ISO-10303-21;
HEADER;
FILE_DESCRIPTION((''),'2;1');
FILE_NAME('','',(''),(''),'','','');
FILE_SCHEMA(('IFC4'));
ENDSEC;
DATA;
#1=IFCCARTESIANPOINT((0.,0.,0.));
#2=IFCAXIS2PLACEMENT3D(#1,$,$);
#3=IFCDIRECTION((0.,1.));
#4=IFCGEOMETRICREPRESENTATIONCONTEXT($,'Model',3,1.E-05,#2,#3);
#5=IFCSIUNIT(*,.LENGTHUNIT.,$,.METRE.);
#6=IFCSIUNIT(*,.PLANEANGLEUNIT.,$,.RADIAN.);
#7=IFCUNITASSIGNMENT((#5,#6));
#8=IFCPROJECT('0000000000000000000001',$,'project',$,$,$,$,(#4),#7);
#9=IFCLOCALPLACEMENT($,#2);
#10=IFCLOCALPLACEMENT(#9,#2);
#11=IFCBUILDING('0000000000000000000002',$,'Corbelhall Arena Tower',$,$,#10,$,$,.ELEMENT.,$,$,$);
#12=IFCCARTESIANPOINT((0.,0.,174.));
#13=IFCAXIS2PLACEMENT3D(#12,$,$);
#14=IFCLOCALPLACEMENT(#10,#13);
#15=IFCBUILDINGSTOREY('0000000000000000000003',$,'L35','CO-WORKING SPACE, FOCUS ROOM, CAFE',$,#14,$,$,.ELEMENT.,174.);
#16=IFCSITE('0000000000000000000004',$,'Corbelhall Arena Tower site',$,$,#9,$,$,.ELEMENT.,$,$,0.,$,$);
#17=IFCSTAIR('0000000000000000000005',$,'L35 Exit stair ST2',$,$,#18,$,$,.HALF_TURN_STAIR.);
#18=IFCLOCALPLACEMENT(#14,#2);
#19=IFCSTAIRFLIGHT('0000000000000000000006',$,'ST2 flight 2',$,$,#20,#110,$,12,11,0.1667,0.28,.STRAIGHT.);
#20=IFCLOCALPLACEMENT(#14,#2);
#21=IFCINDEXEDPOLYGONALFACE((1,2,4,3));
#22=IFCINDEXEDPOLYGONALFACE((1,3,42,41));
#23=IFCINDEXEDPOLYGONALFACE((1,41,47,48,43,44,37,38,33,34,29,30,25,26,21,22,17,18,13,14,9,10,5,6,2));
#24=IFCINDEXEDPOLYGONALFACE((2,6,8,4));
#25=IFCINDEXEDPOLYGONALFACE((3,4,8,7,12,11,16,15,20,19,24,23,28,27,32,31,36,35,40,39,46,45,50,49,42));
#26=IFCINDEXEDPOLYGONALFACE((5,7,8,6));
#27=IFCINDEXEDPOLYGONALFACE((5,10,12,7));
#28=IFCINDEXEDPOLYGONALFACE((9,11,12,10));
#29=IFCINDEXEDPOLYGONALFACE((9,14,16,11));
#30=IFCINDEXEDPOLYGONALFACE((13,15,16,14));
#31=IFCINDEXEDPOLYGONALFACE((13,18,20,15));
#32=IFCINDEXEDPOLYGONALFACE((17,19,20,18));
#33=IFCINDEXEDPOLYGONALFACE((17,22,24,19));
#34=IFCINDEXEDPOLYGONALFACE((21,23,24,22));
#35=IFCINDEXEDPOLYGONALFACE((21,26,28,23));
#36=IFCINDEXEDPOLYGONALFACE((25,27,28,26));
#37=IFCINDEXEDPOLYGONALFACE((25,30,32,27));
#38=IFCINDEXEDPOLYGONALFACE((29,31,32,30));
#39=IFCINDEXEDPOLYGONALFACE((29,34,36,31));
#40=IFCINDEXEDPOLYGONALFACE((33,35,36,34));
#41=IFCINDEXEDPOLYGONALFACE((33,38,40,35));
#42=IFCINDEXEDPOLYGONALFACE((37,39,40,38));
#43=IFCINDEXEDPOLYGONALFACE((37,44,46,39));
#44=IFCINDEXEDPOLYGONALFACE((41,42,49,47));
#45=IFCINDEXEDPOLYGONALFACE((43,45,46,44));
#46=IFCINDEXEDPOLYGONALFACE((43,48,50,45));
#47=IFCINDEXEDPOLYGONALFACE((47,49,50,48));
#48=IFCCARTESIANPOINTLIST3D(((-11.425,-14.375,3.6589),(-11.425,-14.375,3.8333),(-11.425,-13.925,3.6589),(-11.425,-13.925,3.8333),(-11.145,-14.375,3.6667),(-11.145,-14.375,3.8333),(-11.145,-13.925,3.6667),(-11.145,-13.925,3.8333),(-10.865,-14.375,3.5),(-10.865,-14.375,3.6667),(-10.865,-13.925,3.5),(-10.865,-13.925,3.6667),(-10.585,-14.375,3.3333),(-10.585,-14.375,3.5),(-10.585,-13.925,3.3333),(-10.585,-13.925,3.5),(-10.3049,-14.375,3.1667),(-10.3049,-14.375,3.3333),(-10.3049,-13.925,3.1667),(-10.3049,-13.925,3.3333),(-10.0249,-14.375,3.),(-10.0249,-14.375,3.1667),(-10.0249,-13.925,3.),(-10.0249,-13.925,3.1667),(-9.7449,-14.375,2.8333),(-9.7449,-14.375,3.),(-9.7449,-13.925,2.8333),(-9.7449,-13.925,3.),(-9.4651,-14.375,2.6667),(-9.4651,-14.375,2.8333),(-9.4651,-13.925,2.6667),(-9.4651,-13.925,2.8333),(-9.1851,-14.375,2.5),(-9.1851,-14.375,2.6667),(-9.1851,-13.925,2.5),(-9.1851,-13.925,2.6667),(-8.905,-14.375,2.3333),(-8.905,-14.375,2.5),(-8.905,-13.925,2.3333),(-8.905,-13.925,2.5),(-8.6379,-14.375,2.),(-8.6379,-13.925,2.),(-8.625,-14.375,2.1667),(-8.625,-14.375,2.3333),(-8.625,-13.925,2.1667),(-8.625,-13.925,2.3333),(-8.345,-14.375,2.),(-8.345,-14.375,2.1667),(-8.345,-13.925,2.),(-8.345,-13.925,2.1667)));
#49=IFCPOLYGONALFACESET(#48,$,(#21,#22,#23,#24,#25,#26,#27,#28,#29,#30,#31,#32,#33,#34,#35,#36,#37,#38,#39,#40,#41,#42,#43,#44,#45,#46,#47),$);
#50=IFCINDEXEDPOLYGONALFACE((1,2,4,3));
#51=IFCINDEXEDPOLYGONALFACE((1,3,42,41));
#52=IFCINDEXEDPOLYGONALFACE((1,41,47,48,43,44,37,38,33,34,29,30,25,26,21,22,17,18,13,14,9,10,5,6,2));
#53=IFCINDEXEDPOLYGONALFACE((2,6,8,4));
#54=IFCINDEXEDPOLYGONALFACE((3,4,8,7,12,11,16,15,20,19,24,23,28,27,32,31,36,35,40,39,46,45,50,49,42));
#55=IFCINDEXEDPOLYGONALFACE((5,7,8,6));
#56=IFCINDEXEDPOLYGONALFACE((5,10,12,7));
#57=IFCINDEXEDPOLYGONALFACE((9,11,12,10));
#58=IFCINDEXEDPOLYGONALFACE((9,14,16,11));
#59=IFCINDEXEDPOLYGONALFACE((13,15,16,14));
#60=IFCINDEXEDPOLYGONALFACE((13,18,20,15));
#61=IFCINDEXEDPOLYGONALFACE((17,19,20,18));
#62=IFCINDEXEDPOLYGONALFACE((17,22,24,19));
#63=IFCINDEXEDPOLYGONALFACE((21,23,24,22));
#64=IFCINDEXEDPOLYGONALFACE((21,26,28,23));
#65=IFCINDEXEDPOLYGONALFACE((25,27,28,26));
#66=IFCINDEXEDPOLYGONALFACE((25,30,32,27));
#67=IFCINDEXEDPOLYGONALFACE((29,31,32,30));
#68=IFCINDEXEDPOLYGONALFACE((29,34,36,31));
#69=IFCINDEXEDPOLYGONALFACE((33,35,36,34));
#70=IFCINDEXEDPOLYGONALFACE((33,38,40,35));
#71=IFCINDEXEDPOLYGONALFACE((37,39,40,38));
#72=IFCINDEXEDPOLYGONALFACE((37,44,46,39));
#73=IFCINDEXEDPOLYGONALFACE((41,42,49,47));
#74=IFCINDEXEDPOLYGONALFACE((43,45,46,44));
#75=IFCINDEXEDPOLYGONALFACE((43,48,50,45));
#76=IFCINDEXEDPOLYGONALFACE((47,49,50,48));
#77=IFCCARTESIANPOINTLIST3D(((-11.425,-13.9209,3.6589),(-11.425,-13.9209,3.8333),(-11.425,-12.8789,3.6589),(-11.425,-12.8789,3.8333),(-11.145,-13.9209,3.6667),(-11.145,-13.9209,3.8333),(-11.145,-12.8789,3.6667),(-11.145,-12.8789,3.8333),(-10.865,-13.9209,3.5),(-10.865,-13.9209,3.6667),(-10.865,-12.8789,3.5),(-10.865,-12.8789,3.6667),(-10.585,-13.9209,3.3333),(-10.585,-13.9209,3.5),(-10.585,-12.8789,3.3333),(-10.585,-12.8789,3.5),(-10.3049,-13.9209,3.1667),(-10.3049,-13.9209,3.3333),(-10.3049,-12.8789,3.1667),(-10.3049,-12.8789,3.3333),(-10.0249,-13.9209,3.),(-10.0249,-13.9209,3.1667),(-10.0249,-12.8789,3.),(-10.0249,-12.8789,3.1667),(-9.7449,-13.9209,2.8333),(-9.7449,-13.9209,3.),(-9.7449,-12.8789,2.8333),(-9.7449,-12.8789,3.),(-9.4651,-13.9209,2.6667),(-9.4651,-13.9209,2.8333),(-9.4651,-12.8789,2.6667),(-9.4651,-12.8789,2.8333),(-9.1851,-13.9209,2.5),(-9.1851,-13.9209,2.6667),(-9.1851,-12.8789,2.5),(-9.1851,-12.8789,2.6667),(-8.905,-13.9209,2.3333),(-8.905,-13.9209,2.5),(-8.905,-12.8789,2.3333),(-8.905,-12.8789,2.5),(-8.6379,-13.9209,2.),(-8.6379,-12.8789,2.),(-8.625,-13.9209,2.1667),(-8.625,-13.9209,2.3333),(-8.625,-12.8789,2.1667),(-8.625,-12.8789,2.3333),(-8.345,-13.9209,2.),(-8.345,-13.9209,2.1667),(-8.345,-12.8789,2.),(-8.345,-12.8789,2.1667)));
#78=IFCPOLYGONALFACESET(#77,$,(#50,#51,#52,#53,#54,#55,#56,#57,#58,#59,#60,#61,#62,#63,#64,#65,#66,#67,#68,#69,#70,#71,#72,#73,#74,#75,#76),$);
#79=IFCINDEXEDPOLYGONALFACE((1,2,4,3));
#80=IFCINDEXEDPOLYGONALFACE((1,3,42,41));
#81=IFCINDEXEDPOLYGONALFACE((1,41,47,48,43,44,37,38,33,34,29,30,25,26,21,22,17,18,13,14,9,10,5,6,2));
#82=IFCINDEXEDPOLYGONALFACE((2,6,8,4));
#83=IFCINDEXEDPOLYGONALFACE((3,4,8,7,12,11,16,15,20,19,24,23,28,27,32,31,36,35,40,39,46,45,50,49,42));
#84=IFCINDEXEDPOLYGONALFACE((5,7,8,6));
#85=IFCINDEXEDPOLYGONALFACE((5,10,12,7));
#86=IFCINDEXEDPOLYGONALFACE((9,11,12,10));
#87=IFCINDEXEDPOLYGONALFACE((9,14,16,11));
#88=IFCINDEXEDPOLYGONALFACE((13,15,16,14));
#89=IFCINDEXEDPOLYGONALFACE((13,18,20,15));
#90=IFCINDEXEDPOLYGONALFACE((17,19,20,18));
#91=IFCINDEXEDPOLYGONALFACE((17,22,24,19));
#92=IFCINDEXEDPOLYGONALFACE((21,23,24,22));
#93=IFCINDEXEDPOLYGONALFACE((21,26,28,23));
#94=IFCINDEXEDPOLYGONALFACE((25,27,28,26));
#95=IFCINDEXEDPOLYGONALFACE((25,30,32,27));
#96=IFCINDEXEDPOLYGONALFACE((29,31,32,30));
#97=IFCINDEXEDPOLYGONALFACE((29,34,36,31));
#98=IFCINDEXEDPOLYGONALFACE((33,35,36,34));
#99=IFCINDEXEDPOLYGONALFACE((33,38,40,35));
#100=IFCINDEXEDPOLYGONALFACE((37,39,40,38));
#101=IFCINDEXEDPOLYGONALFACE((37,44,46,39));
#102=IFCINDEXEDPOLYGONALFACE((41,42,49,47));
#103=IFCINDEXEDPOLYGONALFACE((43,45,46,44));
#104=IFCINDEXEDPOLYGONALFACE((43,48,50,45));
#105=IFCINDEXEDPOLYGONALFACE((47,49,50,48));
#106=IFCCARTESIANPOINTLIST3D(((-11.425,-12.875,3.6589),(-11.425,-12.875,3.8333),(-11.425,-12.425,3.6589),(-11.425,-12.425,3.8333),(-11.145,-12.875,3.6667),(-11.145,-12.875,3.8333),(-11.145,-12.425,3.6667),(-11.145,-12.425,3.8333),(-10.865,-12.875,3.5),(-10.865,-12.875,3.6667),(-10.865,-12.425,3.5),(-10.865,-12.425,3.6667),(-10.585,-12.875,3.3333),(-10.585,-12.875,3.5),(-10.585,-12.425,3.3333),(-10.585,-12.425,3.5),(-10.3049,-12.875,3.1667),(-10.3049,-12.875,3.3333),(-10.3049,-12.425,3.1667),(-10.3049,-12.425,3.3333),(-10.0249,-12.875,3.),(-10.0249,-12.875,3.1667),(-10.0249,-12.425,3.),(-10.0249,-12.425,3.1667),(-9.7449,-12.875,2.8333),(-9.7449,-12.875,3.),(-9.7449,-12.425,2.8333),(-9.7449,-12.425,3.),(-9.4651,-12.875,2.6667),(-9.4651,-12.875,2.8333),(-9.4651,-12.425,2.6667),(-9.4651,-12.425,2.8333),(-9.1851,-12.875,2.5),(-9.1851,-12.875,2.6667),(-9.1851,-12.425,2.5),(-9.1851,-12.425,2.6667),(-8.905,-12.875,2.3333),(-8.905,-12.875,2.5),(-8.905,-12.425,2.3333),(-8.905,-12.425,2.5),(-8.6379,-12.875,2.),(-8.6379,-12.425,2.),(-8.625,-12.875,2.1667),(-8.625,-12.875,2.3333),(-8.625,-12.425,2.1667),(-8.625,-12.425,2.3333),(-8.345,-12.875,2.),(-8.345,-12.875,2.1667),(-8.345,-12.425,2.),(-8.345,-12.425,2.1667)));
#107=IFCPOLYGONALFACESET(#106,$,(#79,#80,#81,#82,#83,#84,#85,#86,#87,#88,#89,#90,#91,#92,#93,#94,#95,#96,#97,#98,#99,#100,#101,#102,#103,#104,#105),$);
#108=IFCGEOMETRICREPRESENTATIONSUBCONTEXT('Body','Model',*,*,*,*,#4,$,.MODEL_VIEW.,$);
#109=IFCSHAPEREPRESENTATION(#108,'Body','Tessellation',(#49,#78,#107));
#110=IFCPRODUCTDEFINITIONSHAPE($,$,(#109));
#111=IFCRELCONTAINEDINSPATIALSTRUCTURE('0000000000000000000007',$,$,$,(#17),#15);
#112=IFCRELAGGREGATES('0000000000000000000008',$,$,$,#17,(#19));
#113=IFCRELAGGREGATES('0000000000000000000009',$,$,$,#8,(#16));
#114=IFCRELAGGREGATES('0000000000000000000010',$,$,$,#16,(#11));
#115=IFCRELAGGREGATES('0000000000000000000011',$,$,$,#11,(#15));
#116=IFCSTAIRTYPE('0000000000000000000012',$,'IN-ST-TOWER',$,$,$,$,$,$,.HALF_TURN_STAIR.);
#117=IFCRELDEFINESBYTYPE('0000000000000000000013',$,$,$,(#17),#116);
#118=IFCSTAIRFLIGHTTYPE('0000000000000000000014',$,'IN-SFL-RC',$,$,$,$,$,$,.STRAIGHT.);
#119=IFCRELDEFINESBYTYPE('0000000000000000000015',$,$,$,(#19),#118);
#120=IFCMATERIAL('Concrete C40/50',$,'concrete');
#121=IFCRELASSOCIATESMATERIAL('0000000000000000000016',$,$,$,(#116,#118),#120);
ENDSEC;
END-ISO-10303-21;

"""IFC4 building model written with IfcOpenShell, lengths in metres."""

from ifc_helpers import new_model, si_unit, direction, frame, origin, place, context, subcontext, project, spatial, polyline, outline, extrude, material, type_object, element, aggregate, save


model = new_model("IFC4")

# Units and contexts
model_context = context("Model", 3, precision=1e-05, world=origin(), true_north=direction((0.0, 1.0)))
body_context = subcontext(model_context, "Body", "Model", "MODEL_VIEW")
ifc_project = project(units=[si_unit("LENGTHUNIT", "METRE"), si_unit("PLANEANGLEUNIT", "RADIAN")], contexts=[model_context])

# Site, building, storey
site_placement = place(None, origin())
site = spatial("IfcSite", under=ifc_project, at=site_placement, Name="Corbelhall Arena Tower site", CompositionType="ELEMENT", RefElevation=0.0)
building_placement = place(site_placement, origin())
building = spatial("IfcBuilding", under=site, at=building_placement, Name="Corbelhall Arena Tower", CompositionType="ELEMENT")
storey_placement = place(building_placement, frame((0.0, 0.0, 174.0)))
storey = spatial("IfcBuildingStorey", under=building, at=storey_placement, Name="L35", Description="CO-WORKING SPACE, FOCUS ROOM, CAFE", CompositionType="ELEMENT", Elevation=174.0)

# Shared definitions
ifc_material_1 = material(Name="Concrete C40/50", Category="concrete")

# Stair, stair flight
stair_type = type_object("IfcStairType", Name="IN-ST-TOWER", PredefinedType="HALF_TURN_STAIR", material=ifc_material_1)
stair_placement = place(storey_placement, origin())
stair = element("IfcStair", 1, at=stair_placement, inside=storey, type_object=stair_type, Name="L35 Exit stair ST2", PredefinedType="HALF_TURN_STAIR")
stair_flight_type = type_object("IfcStairFlightType", Name="IN-SFL-RC", PredefinedType="STRAIGHT", material=ifc_material_1)
stair_flight_placement = place(storey_placement, frame((-8.345, -13.3999, 2.0), z_axis=(0.0, 0.0, 1.0), x_axis=(-1.0, 0.0, 0.0)))
stair_flight = element("IfcStairFlight", 2, at=stair_flight_placement, type_object=stair_flight_type, Name="ST2 flight 2", NumberOfRisers=12, NumberOfTreads=11, PredefinedType="STRAIGHT", RiserHeight=0.1667, TreadLength=0.28, context=body_context, shape_type="SweptSolid", body=[
    extrude(outline(polyline([(0.0, 0.0), (0.0, 0.1667), (0.28, 0.1667), (0.28, 0.3333), (0.5601, 0.3333), (0.5601, 0.5), (0.8401, 0.5), (0.8401, 0.6667), (1.1201, 0.6667), (1.1201, 0.8333), (1.3999, 0.8333), (1.3999, 1.0), (1.6799, 1.0), (1.6799, 1.1667), (1.96, 1.1667), (1.96, 1.3333), (2.24, 1.3333), (2.24, 1.5), (2.52, 1.5), (2.52, 1.6667), (2.8, 1.6667), (2.8, 1.8333), (3.0801, 1.8333), (3.0801, 2.0), (3.0801, 1.6589), (0.293, 0.0), (0.0, 0.0)])), frame((0.0, 0.9751, 0.0), z_axis=(0.0, -1.0, 0.0), x_axis=(1.0, 0.0, 0.0)), (0.0, 0.0, 1.0), 0.45),
    extrude(outline(polyline([(0.0, 0.0), (0.0, 0.1667), (0.28, 0.1667), (0.28, 0.3333), (0.5601, 0.3333), (0.5601, 0.5), (0.8401, 0.5), (0.8401, 0.6667), (1.1201, 0.6667), (1.1201, 0.8333), (1.3999, 0.8333), (1.3999, 1.0), (1.6799, 1.0), (1.6799, 1.1667), (1.96, 1.1667), (1.96, 1.3333), (2.24, 1.3333), (2.24, 1.5), (2.52, 1.5), (2.52, 1.6667), (2.8, 1.6667), (2.8, 1.8333), (3.0801, 1.8333), (3.0801, 2.0), (3.0801, 1.6589), (0.293, 0.0), (0.0, 0.0)])), frame((0.0, 0.521, 0.0), z_axis=(0.0, -1.0, 0.0), x_axis=(1.0, 0.0, 0.0)), (0.0, 0.0, 1.0), 1.042),
    extrude(outline(polyline([(0.0, 0.0), (0.0, 0.1667), (0.28, 0.1667), (0.28, 0.3333), (0.5601, 0.3333), (0.5601, 0.5), (0.8401, 0.5), (0.8401, 0.6667), (1.1201, 0.6667), (1.1201, 0.8333), (1.3999, 0.8333), (1.3999, 1.0), (1.6799, 1.0), (1.6799, 1.1667), (1.96, 1.1667), (1.96, 1.3333), (2.24, 1.3333), (2.24, 1.5), (2.52, 1.5), (2.52, 1.6667), (2.8, 1.6667), (2.8, 1.8333), (3.0801, 1.8333), (3.0801, 2.0), (3.0801, 1.6589), (0.293, 0.0), (0.0, 0.0)])), frame((0.0, -0.5249, 0.0), z_axis=(0.0, -1.0, 0.0), x_axis=(1.0, 0.0, 0.0)), (0.0, 0.0, 1.0), 0.45),
])
aggregate(stair, [stair_flight])

save(model, "model.ifc")
